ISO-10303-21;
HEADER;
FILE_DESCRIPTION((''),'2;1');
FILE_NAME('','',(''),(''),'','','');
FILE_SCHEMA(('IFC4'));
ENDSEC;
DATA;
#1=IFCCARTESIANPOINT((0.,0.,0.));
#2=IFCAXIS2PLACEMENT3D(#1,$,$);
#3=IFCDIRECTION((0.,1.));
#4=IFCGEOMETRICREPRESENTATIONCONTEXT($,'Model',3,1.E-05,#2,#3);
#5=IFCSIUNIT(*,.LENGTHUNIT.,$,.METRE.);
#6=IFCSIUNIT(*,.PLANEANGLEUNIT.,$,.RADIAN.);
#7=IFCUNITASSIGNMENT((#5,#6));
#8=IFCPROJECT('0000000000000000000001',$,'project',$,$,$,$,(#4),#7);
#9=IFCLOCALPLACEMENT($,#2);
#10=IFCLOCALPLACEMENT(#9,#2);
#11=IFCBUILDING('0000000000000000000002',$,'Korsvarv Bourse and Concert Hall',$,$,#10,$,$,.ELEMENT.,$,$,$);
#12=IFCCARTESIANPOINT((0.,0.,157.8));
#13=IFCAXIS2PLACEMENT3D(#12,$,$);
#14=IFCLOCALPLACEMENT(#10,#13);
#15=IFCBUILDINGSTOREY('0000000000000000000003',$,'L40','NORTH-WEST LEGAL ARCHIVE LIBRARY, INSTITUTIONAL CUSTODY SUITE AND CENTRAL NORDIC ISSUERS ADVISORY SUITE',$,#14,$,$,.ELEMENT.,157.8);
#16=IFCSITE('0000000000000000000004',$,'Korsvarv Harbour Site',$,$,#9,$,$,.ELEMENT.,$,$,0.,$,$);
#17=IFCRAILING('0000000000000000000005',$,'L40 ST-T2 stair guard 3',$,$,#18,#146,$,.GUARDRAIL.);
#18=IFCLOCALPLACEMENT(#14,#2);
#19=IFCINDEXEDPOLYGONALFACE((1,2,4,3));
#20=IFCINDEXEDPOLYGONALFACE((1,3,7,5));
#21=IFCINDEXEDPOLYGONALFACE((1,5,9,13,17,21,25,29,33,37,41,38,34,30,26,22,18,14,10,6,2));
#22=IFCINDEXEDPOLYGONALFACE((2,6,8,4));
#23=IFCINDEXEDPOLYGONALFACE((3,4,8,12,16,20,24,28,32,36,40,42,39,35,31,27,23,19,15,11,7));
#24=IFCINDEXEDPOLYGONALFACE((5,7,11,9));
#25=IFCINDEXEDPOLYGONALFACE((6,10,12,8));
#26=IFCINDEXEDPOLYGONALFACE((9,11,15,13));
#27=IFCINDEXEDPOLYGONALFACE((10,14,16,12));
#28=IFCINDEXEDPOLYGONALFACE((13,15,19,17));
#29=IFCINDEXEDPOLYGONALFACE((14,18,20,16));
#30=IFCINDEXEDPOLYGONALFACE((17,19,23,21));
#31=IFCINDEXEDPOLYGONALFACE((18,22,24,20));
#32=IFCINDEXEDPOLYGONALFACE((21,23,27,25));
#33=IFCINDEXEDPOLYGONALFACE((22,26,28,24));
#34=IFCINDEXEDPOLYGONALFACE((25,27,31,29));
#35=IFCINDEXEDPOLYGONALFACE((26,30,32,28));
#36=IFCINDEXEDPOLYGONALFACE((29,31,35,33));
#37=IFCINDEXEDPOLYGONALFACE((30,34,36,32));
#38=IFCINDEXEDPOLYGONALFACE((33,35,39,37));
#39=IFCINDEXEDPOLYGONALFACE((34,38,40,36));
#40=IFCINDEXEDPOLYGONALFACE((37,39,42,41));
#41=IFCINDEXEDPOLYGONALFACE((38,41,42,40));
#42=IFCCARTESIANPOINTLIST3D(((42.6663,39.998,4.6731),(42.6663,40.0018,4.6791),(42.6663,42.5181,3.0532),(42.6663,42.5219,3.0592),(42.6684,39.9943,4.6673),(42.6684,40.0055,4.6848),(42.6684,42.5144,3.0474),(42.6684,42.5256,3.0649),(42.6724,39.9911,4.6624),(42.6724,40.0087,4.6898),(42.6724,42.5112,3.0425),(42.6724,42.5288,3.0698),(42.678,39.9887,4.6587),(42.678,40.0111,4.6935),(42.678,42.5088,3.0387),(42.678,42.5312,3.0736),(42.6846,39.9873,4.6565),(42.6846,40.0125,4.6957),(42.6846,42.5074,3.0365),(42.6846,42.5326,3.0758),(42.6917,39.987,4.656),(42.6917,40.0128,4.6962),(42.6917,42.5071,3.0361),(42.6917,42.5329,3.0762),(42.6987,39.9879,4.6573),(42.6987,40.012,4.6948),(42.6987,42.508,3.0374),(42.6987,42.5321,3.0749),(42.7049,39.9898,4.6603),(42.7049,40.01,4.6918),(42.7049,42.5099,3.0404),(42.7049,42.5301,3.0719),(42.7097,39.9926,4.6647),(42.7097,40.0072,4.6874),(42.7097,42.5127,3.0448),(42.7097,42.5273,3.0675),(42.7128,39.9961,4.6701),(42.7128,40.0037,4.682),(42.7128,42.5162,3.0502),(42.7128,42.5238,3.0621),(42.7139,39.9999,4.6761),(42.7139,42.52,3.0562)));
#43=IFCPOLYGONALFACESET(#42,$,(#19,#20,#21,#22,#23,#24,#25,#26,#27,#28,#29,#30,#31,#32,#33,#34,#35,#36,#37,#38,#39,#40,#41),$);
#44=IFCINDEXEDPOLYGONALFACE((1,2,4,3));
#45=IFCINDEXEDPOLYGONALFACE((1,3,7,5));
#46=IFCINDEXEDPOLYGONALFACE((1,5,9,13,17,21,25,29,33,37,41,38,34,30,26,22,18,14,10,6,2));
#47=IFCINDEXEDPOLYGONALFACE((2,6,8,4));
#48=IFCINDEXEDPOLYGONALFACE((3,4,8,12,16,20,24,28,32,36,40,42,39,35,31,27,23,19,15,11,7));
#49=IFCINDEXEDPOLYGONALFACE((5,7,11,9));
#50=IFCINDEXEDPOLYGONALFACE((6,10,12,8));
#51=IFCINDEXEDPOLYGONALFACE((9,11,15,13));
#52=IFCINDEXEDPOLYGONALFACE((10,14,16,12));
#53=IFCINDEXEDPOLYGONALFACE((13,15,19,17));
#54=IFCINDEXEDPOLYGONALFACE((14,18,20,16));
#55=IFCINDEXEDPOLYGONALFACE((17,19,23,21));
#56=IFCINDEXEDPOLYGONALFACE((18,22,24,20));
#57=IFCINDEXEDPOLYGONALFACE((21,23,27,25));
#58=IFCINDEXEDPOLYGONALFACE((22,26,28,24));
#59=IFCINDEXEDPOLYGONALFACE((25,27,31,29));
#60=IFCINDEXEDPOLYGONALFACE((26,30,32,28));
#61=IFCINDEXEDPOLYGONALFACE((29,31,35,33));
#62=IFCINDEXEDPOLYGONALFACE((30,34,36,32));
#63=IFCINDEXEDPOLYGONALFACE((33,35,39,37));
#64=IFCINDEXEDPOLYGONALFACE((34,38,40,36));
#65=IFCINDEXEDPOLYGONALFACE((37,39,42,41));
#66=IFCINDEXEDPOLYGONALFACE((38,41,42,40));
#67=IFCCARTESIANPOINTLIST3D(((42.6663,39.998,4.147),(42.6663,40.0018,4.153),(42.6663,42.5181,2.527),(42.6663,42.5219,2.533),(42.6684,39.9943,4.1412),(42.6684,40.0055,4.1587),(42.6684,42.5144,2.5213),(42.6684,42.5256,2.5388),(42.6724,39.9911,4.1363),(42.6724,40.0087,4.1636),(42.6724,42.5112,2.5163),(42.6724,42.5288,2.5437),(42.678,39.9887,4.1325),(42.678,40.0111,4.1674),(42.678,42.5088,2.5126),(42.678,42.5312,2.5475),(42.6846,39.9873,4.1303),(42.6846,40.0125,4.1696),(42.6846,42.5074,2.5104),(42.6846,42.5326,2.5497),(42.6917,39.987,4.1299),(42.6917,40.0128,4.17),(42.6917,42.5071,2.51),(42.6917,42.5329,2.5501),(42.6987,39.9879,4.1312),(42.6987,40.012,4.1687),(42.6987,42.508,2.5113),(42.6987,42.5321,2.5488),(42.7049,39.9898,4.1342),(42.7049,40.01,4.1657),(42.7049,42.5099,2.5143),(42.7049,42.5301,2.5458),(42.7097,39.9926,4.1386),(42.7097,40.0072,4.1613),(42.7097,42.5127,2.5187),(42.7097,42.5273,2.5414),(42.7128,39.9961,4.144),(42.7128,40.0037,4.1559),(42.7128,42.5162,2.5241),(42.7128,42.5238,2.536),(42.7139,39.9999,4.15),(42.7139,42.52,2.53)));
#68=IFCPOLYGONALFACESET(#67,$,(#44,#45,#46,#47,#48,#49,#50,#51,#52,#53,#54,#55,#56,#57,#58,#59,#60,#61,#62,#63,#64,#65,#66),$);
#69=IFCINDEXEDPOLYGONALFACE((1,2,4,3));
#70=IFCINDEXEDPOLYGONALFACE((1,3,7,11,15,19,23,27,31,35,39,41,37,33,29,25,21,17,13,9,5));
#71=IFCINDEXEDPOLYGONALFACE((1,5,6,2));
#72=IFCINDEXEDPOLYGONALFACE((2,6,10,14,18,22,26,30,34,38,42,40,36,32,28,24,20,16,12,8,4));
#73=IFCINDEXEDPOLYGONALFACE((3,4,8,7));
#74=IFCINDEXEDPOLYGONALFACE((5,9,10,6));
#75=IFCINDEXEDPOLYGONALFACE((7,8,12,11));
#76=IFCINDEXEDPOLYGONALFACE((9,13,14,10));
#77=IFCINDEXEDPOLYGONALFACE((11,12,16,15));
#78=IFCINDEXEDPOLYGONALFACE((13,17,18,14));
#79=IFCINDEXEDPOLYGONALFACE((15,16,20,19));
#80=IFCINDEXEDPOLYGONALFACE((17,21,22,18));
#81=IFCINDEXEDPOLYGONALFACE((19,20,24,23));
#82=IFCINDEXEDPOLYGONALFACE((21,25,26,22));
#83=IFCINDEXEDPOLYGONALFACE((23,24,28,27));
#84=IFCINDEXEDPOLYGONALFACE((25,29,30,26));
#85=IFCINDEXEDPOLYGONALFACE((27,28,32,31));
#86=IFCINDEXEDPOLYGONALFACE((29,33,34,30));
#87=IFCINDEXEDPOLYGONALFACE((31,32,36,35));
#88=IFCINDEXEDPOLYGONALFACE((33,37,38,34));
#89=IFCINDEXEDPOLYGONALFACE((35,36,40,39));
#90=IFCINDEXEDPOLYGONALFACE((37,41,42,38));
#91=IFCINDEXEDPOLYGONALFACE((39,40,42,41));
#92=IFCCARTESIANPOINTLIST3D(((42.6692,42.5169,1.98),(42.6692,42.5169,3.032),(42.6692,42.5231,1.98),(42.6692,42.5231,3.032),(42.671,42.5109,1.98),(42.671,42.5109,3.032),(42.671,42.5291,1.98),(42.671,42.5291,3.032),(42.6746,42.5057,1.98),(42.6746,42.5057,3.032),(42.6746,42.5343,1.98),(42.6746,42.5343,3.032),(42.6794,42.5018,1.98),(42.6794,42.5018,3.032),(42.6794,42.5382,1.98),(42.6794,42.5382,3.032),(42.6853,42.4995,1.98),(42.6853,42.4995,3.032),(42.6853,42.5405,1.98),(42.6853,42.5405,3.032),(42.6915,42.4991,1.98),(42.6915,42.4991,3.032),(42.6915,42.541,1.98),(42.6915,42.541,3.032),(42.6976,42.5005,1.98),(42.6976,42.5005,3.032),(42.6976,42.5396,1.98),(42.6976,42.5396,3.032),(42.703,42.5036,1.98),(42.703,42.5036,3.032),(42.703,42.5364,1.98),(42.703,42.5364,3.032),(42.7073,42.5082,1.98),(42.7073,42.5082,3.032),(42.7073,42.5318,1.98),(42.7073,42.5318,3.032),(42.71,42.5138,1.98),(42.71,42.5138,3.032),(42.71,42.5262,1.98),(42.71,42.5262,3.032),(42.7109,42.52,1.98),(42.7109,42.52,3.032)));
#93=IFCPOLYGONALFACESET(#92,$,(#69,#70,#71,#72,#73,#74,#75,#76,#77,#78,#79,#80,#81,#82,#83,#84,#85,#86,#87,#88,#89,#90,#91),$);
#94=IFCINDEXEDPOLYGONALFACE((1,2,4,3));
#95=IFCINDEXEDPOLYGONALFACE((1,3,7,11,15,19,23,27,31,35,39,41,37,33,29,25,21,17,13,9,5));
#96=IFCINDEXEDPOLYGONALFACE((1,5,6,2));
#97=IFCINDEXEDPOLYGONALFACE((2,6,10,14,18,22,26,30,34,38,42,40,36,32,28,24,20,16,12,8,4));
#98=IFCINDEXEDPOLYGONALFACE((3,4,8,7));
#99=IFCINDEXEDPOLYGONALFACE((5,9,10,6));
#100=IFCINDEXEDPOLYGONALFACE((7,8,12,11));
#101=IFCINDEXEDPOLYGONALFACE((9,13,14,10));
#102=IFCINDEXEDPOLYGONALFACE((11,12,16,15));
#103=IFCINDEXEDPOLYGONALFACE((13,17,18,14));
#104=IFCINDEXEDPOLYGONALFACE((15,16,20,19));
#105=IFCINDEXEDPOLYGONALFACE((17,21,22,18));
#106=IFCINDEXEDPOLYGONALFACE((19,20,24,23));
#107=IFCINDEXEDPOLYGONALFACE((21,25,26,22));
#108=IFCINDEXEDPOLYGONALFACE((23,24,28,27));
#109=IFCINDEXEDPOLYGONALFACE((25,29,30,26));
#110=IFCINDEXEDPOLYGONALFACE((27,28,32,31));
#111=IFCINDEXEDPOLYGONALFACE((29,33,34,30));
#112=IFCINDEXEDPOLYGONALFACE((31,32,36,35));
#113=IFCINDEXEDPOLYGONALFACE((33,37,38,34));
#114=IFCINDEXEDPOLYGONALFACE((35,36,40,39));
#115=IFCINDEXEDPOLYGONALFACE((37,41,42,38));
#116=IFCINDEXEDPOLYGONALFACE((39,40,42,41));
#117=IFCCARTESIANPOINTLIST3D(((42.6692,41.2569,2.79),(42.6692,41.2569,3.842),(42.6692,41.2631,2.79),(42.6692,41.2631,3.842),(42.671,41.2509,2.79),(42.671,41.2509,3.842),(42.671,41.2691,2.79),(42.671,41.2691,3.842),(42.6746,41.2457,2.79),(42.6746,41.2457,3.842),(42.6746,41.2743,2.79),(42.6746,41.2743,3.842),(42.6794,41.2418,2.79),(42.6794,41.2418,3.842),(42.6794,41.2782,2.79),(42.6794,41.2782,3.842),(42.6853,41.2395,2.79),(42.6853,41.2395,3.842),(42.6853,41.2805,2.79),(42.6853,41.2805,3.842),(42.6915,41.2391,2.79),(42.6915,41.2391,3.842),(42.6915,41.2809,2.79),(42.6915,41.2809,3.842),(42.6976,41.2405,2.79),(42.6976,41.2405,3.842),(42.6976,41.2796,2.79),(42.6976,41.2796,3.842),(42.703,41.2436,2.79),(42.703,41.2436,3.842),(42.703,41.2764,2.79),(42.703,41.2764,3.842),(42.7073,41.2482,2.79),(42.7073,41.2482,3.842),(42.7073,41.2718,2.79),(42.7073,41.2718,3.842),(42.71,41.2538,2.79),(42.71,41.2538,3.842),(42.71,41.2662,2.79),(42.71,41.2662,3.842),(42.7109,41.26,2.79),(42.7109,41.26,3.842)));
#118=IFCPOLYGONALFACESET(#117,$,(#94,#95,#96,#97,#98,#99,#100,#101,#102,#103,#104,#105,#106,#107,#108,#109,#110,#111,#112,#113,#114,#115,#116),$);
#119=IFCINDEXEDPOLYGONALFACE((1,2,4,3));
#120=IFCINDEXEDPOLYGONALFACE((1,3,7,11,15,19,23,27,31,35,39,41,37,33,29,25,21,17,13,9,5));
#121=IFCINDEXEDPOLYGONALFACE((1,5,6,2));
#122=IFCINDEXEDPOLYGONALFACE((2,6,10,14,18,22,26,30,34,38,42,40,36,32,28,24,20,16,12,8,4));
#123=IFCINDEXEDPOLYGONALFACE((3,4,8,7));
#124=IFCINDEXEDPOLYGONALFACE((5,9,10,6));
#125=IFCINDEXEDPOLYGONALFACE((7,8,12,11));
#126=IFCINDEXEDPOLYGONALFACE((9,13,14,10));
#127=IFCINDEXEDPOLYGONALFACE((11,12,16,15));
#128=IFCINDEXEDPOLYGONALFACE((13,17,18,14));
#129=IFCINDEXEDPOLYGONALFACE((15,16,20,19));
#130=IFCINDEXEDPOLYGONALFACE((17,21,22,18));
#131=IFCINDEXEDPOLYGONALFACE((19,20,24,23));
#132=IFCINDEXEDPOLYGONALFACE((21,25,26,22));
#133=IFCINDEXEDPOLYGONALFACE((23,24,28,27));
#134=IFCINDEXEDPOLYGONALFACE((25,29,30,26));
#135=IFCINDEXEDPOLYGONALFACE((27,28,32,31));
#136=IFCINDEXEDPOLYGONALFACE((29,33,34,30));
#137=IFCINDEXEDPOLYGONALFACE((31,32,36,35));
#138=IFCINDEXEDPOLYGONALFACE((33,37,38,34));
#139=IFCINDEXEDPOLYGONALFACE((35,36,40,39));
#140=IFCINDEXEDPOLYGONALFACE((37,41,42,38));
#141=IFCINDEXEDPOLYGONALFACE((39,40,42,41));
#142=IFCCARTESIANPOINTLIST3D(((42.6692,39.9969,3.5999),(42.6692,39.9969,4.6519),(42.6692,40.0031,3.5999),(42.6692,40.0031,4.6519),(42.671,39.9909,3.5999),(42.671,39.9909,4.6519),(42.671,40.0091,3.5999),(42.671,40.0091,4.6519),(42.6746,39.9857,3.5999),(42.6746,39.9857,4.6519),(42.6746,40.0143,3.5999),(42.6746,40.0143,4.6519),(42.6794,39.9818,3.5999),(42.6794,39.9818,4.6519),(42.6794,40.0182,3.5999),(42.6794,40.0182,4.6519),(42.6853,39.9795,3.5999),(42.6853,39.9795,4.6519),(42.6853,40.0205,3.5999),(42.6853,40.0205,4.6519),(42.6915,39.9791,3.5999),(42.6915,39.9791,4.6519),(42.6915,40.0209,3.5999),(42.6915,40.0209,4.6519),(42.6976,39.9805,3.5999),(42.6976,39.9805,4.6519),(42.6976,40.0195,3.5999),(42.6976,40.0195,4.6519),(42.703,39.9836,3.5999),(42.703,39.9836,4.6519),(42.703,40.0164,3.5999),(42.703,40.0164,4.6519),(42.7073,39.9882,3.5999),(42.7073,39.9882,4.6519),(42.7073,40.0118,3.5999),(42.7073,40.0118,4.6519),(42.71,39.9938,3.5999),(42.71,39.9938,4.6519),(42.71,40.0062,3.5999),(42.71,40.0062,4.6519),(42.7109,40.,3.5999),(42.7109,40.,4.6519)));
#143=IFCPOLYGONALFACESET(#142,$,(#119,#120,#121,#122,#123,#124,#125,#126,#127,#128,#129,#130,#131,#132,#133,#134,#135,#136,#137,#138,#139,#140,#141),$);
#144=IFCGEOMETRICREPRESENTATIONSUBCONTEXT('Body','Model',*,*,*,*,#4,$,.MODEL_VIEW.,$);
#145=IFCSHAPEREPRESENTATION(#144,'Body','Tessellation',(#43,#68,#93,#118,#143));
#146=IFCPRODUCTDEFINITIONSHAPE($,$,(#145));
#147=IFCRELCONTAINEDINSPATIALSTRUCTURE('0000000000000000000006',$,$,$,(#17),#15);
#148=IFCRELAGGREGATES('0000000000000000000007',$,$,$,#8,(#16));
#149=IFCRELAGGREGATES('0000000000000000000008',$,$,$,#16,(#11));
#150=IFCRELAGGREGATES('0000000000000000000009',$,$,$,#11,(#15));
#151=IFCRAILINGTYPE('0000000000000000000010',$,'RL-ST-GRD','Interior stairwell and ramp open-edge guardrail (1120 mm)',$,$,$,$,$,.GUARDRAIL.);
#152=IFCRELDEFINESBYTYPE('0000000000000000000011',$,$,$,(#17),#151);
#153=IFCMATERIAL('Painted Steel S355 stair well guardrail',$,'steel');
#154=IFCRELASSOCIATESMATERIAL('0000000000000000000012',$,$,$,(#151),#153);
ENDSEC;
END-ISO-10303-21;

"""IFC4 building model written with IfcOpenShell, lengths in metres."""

from ifc_helpers import new_model, si_unit, direction, frame, origin, origin_2d, place, context, subcontext, project, spatial, circle, extrude, material, type_object, element, save


model = new_model("IFC4")

# Units and contexts
model_context = context("Model", 3, precision=1e-05, world=origin(), true_north=direction((0.0, 1.0)))
body_context = subcontext(model_context, "Body", "Model", "MODEL_VIEW")
ifc_project = project(units=[si_unit("LENGTHUNIT", "METRE"), si_unit("PLANEANGLEUNIT", "RADIAN")], contexts=[model_context])

# Site, building, storey
site_placement = place(None, origin())
site = spatial("IfcSite", under=ifc_project, at=site_placement, Name="Korsvarv Harbour Site", CompositionType="ELEMENT", RefElevation=0.0)
building_placement = place(site_placement, origin())
building = spatial("IfcBuilding", under=site, at=building_placement, Name="Korsvarv Bourse and Concert Hall", CompositionType="ELEMENT")
storey_placement = place(building_placement, frame((0.0, 0.0, 157.8)))
storey = spatial("IfcBuildingStorey", under=building, at=storey_placement, Name="L40", Description="NORTH-WEST LEGAL ARCHIVE LIBRARY, INSTITUTIONAL CUSTODY SUITE AND CENTRAL NORDIC ISSUERS ADVISORY SUITE", CompositionType="ELEMENT", Elevation=157.8)

# Railing
ifc_material_1 = material(Name="Painted Steel S355 stair well guardrail", Category="steel")
railing_type_1 = type_object("IfcRailingType", Name="RL-ST-GRD", Description="Interior stairwell and ramp open-edge guardrail (1120 mm)", PredefinedType="GUARDRAIL", material=ifc_material_1)
railing_1_placement = place(storey_placement, frame((42.6899, 42.52, 1.98)))
element("IfcRailing", 1, at=railing_1_placement, inside=storey, type_object=railing_type_1, Name="L40 ST-T2 stair guard 3", PredefinedType="GUARDRAIL", context=body_context, shape_type="SweptSolid", body=[
    extrude(circle(Radius=0.0239, at=origin_2d()), frame((0.0, 0.0, 1.0762), z_axis=(0.0, -0.8412, 0.540725), x_axis=(1.0, 0.0, 0.0)), (0.0, 0.0, 1.0), 2.9958),
    extrude(circle(Radius=0.0239, at=origin_2d()), frame((0.0, 0.0, 0.55), z_axis=(0.0, -0.8412, 0.540725), x_axis=(1.0, 0.0, 0.0)), (0.0, 0.0, 1.0), 2.9958),
    extrude(circle(Radius=0.021, at=origin_2d()), origin(), (0.0, 0.0, 1.0), 1.052),
    extrude(circle(Radius=0.021, at=origin_2d()), frame((0.0, -1.26, 0.8101)), (0.0, 0.0, 1.0), 1.052),
    extrude(circle(Radius=0.021, at=origin_2d()), frame((0.0, -2.52, 1.6199)), (0.0, 0.0, 1.0), 1.052),
])

save(model, "model.ifc")
